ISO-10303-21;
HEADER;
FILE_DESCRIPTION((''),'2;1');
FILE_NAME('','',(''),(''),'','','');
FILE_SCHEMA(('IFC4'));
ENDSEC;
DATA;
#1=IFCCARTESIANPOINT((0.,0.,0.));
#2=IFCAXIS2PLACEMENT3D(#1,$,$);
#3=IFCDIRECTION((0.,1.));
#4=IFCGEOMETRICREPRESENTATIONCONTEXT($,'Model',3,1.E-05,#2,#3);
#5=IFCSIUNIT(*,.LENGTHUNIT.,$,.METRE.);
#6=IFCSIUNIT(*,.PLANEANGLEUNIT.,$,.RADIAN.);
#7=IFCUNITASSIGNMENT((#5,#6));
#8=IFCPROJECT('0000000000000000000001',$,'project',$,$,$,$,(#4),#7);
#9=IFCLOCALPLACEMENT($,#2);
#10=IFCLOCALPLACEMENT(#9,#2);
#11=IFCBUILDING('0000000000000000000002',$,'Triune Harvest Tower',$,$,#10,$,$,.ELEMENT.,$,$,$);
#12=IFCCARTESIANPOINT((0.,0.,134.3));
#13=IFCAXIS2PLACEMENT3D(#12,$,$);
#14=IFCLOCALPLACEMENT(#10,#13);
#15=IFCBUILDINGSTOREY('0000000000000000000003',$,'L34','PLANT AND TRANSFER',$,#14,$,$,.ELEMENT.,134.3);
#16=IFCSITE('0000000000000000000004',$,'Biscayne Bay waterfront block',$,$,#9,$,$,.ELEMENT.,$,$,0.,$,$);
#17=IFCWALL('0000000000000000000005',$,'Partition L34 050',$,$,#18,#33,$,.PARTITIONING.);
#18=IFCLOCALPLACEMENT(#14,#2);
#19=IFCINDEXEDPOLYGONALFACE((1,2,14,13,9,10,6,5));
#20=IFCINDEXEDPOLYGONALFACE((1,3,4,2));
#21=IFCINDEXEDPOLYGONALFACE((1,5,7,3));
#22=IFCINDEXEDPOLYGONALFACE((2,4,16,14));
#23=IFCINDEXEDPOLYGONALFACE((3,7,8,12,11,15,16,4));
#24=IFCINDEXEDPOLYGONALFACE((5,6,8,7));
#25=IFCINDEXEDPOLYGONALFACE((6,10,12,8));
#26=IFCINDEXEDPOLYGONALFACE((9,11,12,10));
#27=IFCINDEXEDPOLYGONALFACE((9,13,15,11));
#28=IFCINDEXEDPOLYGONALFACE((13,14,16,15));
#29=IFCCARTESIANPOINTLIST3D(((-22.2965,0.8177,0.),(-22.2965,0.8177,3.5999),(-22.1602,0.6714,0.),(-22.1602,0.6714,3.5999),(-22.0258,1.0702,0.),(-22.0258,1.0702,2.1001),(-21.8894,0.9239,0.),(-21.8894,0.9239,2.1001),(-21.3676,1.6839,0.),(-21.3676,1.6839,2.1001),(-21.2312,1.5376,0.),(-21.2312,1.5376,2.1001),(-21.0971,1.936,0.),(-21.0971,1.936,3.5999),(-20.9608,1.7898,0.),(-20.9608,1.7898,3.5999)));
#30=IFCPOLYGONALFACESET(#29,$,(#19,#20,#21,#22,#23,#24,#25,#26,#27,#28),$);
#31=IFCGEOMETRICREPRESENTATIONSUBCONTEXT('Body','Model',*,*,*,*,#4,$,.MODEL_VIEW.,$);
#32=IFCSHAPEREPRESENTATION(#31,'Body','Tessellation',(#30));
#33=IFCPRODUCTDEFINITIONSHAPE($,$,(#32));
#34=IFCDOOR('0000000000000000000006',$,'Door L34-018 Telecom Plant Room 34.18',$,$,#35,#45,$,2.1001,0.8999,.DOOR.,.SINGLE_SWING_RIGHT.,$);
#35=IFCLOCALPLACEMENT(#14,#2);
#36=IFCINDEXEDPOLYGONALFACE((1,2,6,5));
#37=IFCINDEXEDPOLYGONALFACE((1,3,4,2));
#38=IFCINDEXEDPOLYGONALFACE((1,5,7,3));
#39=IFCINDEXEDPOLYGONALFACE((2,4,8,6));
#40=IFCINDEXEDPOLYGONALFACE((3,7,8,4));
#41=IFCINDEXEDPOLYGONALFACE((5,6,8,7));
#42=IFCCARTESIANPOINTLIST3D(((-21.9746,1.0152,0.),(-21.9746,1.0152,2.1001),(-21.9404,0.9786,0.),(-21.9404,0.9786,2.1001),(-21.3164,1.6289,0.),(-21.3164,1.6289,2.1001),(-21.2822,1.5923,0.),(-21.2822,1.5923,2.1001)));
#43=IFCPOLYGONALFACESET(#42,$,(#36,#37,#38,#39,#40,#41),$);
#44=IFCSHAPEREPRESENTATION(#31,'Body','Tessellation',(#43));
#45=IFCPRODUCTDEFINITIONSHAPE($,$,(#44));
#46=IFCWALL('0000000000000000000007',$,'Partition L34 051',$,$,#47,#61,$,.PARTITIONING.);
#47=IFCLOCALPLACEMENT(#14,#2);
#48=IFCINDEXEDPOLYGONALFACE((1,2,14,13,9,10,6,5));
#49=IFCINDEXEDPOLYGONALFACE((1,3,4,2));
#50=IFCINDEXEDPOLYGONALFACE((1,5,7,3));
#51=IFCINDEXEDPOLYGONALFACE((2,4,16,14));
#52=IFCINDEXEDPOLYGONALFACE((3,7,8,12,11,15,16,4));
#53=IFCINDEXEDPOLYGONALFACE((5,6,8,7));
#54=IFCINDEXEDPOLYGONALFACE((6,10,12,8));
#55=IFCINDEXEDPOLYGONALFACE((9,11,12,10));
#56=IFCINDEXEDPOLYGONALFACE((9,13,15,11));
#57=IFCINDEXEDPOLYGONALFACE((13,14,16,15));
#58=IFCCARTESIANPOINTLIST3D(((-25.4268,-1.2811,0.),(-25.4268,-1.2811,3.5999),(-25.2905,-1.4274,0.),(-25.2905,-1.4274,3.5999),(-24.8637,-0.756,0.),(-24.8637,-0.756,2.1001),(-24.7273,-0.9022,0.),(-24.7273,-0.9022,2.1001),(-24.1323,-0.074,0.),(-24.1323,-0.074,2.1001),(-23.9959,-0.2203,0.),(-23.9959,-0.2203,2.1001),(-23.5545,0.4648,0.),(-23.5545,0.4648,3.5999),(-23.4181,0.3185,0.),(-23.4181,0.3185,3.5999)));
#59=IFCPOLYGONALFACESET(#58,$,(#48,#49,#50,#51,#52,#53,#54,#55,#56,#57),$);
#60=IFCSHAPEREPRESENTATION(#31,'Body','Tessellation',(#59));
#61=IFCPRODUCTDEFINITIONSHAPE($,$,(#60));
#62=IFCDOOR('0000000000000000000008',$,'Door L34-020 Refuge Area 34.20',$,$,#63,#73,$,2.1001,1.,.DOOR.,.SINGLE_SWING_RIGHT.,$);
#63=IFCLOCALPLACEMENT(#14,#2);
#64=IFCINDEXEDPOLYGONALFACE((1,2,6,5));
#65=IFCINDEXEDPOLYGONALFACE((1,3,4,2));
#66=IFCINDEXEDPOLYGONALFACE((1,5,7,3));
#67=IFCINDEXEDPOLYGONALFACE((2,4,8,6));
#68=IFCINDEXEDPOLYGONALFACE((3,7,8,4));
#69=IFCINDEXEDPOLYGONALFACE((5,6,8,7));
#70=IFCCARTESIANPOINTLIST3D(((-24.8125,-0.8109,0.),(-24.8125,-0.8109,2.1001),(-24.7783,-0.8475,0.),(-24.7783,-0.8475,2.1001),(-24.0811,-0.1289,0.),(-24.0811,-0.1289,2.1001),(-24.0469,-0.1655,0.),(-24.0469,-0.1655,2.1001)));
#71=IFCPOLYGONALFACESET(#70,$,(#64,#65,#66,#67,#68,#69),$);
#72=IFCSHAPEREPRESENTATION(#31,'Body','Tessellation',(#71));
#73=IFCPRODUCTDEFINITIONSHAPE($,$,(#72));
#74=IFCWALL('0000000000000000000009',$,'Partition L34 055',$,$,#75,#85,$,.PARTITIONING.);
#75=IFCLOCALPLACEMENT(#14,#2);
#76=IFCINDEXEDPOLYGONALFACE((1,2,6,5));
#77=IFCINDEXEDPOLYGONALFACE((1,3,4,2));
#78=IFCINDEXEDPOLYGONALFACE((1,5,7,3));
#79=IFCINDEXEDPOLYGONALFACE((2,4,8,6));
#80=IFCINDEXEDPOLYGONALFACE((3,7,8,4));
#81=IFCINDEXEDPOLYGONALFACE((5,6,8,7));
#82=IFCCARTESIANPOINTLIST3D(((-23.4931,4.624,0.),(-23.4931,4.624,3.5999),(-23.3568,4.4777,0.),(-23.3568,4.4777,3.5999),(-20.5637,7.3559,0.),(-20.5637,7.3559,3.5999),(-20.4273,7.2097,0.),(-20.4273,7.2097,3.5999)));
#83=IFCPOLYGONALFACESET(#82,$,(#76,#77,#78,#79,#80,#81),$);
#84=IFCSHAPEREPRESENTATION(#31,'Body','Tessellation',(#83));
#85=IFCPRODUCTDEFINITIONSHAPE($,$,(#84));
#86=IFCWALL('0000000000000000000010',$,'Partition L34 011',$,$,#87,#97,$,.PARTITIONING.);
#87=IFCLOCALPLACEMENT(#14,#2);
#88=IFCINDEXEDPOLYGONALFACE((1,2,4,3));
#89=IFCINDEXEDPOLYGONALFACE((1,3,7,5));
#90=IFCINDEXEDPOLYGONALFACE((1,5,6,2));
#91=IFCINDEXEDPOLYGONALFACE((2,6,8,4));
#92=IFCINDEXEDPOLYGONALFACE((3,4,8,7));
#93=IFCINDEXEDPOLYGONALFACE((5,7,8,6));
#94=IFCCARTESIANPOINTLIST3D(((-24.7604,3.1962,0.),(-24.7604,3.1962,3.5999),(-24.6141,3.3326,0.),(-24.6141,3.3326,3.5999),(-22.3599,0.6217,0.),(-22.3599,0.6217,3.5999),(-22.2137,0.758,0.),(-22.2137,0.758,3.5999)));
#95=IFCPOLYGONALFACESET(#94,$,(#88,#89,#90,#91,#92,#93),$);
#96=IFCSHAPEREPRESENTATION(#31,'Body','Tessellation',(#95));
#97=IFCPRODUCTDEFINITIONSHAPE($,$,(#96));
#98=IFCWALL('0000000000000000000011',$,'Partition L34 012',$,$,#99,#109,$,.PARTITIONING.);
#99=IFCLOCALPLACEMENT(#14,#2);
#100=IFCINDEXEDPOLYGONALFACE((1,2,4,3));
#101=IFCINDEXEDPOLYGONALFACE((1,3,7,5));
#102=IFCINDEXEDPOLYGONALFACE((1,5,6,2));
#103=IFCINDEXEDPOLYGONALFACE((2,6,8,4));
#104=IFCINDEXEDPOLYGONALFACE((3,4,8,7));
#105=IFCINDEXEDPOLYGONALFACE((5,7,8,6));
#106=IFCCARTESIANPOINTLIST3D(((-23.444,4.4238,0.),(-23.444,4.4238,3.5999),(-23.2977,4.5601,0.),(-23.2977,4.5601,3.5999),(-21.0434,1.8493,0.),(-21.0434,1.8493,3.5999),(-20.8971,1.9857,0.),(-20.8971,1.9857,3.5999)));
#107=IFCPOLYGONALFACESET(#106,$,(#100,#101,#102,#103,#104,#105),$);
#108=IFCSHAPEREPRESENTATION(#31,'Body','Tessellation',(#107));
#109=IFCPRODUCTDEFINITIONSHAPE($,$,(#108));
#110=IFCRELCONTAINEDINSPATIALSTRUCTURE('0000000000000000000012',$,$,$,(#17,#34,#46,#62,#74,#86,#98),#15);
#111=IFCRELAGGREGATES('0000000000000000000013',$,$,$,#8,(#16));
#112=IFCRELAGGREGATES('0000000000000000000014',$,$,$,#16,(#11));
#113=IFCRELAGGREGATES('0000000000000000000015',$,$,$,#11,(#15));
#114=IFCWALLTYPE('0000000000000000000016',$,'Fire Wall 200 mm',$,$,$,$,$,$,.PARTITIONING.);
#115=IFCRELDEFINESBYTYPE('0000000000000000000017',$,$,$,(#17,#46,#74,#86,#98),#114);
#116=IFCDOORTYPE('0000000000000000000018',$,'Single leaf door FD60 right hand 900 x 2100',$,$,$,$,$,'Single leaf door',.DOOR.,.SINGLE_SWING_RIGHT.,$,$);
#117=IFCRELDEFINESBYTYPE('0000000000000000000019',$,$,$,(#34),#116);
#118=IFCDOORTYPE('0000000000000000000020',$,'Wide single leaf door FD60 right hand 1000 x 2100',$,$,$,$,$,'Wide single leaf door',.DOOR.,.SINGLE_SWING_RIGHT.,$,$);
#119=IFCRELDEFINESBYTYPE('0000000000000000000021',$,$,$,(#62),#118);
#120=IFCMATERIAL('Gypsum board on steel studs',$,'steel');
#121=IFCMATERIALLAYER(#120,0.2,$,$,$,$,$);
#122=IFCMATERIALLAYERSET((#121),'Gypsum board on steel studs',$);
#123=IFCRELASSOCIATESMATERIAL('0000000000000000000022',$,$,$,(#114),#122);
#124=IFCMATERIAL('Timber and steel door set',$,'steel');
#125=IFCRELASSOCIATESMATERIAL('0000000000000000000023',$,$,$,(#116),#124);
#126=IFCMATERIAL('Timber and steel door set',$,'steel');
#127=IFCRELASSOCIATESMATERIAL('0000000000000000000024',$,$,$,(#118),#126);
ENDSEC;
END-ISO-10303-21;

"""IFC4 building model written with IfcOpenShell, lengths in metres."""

from ifc_helpers import new_model, si_unit, direction, frame, frame_2d, origin, place, context, subcontext, project, spatial, rectangle, extrude, source, transform, mapped, material, layer, layer_set, type_object, element, fill, save


model = new_model("IFC4")

# Units and contexts
model_context = context("Model", 3, precision=1e-05, world=origin(), true_north=direction((0.0, 1.0)))
body_context = subcontext(model_context, "Body", "Model", "MODEL_VIEW")
ifc_project = project(units=[si_unit("LENGTHUNIT", "METRE"), si_unit("PLANEANGLEUNIT", "RADIAN")], contexts=[model_context])

# Site, building, storey
site_placement = place(None, origin())
site = spatial("IfcSite", under=ifc_project, at=site_placement, Name="Biscayne Bay waterfront block", CompositionType="ELEMENT", RefElevation=0.0)
building_placement = place(site_placement, origin())
building = spatial("IfcBuilding", under=site, at=building_placement, Name="Triune Harvest Tower", CompositionType="ELEMENT")
storey_placement = place(building_placement, frame((0.0, 0.0, 134.3)))
storey = spatial("IfcBuildingStorey", under=building, at=storey_placement, Name="L34", Description="PLANT AND TRANSFER", CompositionType="ELEMENT", Elevation=134.3)

# Shared definitions
ifc_material_1 = material(Name="Gypsum board on steel studs", Category="steel")
ifc_layer_1 = layer(ifc_material_1, 0.2)
ifc_layer_set_1 = layer_set([ifc_layer_1], Name="Gypsum board on steel studs")
wall_type = type_object("IfcWallType", Name="Fire Wall 200 mm", PredefinedType="PARTITIONING", material=ifc_layer_set_1)

# Walls, openings, doors
wall_1_placement = place(storey_placement, frame((-22.2283, 0.7446, 0.0), z_axis=(0.0, 0.0, 1.0), x_axis=(0.731387, 0.681963, 0.0)))
wall_1 = element("IfcWall", 1, at=wall_1_placement, inside=storey, type_object=wall_type, Name="Partition L34 050", PredefinedType="PARTITIONING", context=body_context, shape_type="SweptSolid", body=[
    extrude(rectangle(XDim=1.6399, YDim=0.2, at=frame_2d((0.8198, 0.0))), origin(), (0.0, 0.0, 1.0), 3.5999),
])
opening_1_placement = place(wall_1_placement, frame((0.3701, 0.0, 0.0)))
opening_1 = element("IfcOpeningElement", 2, at=opening_1_placement, cuts=wall_1, PredefinedType="OPENING", context=body_context, shape_type="SweptSolid", body=[
    extrude(rectangle(XDim=0.8999, YDim=2.1001, at=frame_2d((0.45, 1.05))), frame((0.0, 0.1099, 0.0), z_axis=(0.0, -1.0, 0.0), x_axis=(1.0, 0.0, 0.0)), (0.0, 0.0, 1.0), 0.22),
])
ifc_material_2 = material(Name="Timber and steel door set", Category="steel")
door_type_1 = type_object("IfcDoorType", Name="Single leaf door FD60 right hand 900 x 2100", ElementType="Single leaf door", OperationType="SINGLE_SWING_RIGHT", PredefinedType="DOOR", material=ifc_material_2)
door_1_placement = place(opening_1_placement, origin())
door_1 = element("IfcDoor", 3, at=door_1_placement, inside=storey, type_object=door_type_1, Name="Door L34-018 Telecom Plant Room 34.18", OperationType="SINGLE_SWING_RIGHT", OverallHeight=2.1001, OverallWidth=0.8999, PredefinedType="DOOR", context=body_context, shape_type="SweptSolid", body=[
    extrude(rectangle(XDim=0.8999, YDim=2.1001, at=frame_2d((0.45, 1.05))), frame((0.0, 0.0249, 0.0), z_axis=(0.0, -1.0, 0.0), x_axis=(1.0, 0.0, 0.0)), (0.0, 0.0, 1.0), 0.05),
])
fill(opening_1, door_1)
wall_2_placement = place(storey_placement, frame((-25.3586, -1.3542, 0.0), z_axis=(0.0, 0.0, 1.0), x_axis=(0.731375, 0.681975, 0.0)))
wall_2 = element("IfcWall", 4, at=wall_2_placement, inside=storey, type_object=wall_type, Name="Partition L34 051", PredefinedType="PARTITIONING", context=body_context, shape_type="SweptSolid", body=[
    extrude(rectangle(XDim=2.5601, YDim=0.2, at=frame_2d((1.28, 0.0))), origin(), (0.0, 0.0, 1.0), 3.5999),
])
opening_2_placement = place(wall_2_placement, frame((0.77, 0.0, 0.0)))
opening_2 = element("IfcOpeningElement", 5, at=opening_2_placement, cuts=wall_2, PredefinedType="OPENING", context=body_context, shape_type="SweptSolid", body=[
    extrude(rectangle(XDim=1.0, YDim=2.1001, at=frame_2d((0.5, 1.05))), frame((0.0, 0.1099, 0.0), z_axis=(0.0, -1.0, 0.0), x_axis=(1.0, 0.0, 0.0)), (0.0, 0.0, 1.0), 0.22),
])
ifc_material_3 = material(Name="Timber and steel door set", Category="steel")
door_type_2 = type_object("IfcDoorType", Name="Wide single leaf door FD60 right hand 1000 x 2100", ElementType="Wide single leaf door", OperationType="SINGLE_SWING_RIGHT", PredefinedType="DOOR", material=ifc_material_3)
door_2_placement = place(opening_2_placement, origin())
door_2 = element("IfcDoor", 6, at=door_2_placement, inside=storey, type_object=door_type_2, Name="Door L34-020 Refuge Area 34.20", OperationType="SINGLE_SWING_RIGHT", OverallHeight=2.1001, OverallWidth=1.0, PredefinedType="DOOR", context=body_context, shape_type="SweptSolid", body=[
    extrude(rectangle(XDim=1.0, YDim=2.1001, at=frame_2d((0.5, 1.05))), frame((0.0, 0.0249, 0.0), z_axis=(0.0, -1.0, 0.0), x_axis=(1.0, 0.0, 0.0)), (0.0, 0.0, 1.0), 0.05),
])
fill(opening_2, door_2)

# Walls
wall_3_placement = place(storey_placement, frame((-23.425, 4.5508, 0.0), z_axis=(0.0, 0.0, 1.0), x_axis=(0.731331, 0.682023, 0.0)))
element("IfcWall", 7, at=wall_3_placement, inside=storey, type_object=wall_type, Name="Partition L34 055", PredefinedType="PARTITIONING", context=body_context, shape_type="SweptSolid", body=[
    extrude(rectangle(XDim=4.0056, YDim=0.2, at=frame_2d((2.0029, 0.0))), origin(), (0.0, 0.0, 1.0), 3.5999),
])
shared_shape_1 = source(origin(), body_context, "Body", "SweptSolid", [
    extrude(rectangle(XDim=3.52, YDim=0.2, at=frame_2d((1.76, 0.0))), origin(), (0.0, 0.0, 1.0), 3.5999),
])
for number, where, z_axis, x_axis, name in (
    (8, (-24.6873, 3.2644, 0.0), (0.0, 0.0, 1.0), (0.681947, -0.731401, 0.0), "Partition L34 011"),
    (9, (-23.3708, 4.4919, 0.0), (0.0, 0.0, 1.0), (0.681985, -0.731367, 0.0), "Partition L34 012"),
):
    element("IfcWall", number, at=place(storey_placement, frame(where, z_axis=z_axis, x_axis=x_axis)), inside=storey, type_object=wall_type, Name=name, PredefinedType="PARTITIONING", context=body_context, shape_type="MappedRepresentation", body=[
        mapped(shared_shape_1, transform((0.0, 0.0, 0.0), scale=1.0)),
    ])

save(model, "model.ifc")
